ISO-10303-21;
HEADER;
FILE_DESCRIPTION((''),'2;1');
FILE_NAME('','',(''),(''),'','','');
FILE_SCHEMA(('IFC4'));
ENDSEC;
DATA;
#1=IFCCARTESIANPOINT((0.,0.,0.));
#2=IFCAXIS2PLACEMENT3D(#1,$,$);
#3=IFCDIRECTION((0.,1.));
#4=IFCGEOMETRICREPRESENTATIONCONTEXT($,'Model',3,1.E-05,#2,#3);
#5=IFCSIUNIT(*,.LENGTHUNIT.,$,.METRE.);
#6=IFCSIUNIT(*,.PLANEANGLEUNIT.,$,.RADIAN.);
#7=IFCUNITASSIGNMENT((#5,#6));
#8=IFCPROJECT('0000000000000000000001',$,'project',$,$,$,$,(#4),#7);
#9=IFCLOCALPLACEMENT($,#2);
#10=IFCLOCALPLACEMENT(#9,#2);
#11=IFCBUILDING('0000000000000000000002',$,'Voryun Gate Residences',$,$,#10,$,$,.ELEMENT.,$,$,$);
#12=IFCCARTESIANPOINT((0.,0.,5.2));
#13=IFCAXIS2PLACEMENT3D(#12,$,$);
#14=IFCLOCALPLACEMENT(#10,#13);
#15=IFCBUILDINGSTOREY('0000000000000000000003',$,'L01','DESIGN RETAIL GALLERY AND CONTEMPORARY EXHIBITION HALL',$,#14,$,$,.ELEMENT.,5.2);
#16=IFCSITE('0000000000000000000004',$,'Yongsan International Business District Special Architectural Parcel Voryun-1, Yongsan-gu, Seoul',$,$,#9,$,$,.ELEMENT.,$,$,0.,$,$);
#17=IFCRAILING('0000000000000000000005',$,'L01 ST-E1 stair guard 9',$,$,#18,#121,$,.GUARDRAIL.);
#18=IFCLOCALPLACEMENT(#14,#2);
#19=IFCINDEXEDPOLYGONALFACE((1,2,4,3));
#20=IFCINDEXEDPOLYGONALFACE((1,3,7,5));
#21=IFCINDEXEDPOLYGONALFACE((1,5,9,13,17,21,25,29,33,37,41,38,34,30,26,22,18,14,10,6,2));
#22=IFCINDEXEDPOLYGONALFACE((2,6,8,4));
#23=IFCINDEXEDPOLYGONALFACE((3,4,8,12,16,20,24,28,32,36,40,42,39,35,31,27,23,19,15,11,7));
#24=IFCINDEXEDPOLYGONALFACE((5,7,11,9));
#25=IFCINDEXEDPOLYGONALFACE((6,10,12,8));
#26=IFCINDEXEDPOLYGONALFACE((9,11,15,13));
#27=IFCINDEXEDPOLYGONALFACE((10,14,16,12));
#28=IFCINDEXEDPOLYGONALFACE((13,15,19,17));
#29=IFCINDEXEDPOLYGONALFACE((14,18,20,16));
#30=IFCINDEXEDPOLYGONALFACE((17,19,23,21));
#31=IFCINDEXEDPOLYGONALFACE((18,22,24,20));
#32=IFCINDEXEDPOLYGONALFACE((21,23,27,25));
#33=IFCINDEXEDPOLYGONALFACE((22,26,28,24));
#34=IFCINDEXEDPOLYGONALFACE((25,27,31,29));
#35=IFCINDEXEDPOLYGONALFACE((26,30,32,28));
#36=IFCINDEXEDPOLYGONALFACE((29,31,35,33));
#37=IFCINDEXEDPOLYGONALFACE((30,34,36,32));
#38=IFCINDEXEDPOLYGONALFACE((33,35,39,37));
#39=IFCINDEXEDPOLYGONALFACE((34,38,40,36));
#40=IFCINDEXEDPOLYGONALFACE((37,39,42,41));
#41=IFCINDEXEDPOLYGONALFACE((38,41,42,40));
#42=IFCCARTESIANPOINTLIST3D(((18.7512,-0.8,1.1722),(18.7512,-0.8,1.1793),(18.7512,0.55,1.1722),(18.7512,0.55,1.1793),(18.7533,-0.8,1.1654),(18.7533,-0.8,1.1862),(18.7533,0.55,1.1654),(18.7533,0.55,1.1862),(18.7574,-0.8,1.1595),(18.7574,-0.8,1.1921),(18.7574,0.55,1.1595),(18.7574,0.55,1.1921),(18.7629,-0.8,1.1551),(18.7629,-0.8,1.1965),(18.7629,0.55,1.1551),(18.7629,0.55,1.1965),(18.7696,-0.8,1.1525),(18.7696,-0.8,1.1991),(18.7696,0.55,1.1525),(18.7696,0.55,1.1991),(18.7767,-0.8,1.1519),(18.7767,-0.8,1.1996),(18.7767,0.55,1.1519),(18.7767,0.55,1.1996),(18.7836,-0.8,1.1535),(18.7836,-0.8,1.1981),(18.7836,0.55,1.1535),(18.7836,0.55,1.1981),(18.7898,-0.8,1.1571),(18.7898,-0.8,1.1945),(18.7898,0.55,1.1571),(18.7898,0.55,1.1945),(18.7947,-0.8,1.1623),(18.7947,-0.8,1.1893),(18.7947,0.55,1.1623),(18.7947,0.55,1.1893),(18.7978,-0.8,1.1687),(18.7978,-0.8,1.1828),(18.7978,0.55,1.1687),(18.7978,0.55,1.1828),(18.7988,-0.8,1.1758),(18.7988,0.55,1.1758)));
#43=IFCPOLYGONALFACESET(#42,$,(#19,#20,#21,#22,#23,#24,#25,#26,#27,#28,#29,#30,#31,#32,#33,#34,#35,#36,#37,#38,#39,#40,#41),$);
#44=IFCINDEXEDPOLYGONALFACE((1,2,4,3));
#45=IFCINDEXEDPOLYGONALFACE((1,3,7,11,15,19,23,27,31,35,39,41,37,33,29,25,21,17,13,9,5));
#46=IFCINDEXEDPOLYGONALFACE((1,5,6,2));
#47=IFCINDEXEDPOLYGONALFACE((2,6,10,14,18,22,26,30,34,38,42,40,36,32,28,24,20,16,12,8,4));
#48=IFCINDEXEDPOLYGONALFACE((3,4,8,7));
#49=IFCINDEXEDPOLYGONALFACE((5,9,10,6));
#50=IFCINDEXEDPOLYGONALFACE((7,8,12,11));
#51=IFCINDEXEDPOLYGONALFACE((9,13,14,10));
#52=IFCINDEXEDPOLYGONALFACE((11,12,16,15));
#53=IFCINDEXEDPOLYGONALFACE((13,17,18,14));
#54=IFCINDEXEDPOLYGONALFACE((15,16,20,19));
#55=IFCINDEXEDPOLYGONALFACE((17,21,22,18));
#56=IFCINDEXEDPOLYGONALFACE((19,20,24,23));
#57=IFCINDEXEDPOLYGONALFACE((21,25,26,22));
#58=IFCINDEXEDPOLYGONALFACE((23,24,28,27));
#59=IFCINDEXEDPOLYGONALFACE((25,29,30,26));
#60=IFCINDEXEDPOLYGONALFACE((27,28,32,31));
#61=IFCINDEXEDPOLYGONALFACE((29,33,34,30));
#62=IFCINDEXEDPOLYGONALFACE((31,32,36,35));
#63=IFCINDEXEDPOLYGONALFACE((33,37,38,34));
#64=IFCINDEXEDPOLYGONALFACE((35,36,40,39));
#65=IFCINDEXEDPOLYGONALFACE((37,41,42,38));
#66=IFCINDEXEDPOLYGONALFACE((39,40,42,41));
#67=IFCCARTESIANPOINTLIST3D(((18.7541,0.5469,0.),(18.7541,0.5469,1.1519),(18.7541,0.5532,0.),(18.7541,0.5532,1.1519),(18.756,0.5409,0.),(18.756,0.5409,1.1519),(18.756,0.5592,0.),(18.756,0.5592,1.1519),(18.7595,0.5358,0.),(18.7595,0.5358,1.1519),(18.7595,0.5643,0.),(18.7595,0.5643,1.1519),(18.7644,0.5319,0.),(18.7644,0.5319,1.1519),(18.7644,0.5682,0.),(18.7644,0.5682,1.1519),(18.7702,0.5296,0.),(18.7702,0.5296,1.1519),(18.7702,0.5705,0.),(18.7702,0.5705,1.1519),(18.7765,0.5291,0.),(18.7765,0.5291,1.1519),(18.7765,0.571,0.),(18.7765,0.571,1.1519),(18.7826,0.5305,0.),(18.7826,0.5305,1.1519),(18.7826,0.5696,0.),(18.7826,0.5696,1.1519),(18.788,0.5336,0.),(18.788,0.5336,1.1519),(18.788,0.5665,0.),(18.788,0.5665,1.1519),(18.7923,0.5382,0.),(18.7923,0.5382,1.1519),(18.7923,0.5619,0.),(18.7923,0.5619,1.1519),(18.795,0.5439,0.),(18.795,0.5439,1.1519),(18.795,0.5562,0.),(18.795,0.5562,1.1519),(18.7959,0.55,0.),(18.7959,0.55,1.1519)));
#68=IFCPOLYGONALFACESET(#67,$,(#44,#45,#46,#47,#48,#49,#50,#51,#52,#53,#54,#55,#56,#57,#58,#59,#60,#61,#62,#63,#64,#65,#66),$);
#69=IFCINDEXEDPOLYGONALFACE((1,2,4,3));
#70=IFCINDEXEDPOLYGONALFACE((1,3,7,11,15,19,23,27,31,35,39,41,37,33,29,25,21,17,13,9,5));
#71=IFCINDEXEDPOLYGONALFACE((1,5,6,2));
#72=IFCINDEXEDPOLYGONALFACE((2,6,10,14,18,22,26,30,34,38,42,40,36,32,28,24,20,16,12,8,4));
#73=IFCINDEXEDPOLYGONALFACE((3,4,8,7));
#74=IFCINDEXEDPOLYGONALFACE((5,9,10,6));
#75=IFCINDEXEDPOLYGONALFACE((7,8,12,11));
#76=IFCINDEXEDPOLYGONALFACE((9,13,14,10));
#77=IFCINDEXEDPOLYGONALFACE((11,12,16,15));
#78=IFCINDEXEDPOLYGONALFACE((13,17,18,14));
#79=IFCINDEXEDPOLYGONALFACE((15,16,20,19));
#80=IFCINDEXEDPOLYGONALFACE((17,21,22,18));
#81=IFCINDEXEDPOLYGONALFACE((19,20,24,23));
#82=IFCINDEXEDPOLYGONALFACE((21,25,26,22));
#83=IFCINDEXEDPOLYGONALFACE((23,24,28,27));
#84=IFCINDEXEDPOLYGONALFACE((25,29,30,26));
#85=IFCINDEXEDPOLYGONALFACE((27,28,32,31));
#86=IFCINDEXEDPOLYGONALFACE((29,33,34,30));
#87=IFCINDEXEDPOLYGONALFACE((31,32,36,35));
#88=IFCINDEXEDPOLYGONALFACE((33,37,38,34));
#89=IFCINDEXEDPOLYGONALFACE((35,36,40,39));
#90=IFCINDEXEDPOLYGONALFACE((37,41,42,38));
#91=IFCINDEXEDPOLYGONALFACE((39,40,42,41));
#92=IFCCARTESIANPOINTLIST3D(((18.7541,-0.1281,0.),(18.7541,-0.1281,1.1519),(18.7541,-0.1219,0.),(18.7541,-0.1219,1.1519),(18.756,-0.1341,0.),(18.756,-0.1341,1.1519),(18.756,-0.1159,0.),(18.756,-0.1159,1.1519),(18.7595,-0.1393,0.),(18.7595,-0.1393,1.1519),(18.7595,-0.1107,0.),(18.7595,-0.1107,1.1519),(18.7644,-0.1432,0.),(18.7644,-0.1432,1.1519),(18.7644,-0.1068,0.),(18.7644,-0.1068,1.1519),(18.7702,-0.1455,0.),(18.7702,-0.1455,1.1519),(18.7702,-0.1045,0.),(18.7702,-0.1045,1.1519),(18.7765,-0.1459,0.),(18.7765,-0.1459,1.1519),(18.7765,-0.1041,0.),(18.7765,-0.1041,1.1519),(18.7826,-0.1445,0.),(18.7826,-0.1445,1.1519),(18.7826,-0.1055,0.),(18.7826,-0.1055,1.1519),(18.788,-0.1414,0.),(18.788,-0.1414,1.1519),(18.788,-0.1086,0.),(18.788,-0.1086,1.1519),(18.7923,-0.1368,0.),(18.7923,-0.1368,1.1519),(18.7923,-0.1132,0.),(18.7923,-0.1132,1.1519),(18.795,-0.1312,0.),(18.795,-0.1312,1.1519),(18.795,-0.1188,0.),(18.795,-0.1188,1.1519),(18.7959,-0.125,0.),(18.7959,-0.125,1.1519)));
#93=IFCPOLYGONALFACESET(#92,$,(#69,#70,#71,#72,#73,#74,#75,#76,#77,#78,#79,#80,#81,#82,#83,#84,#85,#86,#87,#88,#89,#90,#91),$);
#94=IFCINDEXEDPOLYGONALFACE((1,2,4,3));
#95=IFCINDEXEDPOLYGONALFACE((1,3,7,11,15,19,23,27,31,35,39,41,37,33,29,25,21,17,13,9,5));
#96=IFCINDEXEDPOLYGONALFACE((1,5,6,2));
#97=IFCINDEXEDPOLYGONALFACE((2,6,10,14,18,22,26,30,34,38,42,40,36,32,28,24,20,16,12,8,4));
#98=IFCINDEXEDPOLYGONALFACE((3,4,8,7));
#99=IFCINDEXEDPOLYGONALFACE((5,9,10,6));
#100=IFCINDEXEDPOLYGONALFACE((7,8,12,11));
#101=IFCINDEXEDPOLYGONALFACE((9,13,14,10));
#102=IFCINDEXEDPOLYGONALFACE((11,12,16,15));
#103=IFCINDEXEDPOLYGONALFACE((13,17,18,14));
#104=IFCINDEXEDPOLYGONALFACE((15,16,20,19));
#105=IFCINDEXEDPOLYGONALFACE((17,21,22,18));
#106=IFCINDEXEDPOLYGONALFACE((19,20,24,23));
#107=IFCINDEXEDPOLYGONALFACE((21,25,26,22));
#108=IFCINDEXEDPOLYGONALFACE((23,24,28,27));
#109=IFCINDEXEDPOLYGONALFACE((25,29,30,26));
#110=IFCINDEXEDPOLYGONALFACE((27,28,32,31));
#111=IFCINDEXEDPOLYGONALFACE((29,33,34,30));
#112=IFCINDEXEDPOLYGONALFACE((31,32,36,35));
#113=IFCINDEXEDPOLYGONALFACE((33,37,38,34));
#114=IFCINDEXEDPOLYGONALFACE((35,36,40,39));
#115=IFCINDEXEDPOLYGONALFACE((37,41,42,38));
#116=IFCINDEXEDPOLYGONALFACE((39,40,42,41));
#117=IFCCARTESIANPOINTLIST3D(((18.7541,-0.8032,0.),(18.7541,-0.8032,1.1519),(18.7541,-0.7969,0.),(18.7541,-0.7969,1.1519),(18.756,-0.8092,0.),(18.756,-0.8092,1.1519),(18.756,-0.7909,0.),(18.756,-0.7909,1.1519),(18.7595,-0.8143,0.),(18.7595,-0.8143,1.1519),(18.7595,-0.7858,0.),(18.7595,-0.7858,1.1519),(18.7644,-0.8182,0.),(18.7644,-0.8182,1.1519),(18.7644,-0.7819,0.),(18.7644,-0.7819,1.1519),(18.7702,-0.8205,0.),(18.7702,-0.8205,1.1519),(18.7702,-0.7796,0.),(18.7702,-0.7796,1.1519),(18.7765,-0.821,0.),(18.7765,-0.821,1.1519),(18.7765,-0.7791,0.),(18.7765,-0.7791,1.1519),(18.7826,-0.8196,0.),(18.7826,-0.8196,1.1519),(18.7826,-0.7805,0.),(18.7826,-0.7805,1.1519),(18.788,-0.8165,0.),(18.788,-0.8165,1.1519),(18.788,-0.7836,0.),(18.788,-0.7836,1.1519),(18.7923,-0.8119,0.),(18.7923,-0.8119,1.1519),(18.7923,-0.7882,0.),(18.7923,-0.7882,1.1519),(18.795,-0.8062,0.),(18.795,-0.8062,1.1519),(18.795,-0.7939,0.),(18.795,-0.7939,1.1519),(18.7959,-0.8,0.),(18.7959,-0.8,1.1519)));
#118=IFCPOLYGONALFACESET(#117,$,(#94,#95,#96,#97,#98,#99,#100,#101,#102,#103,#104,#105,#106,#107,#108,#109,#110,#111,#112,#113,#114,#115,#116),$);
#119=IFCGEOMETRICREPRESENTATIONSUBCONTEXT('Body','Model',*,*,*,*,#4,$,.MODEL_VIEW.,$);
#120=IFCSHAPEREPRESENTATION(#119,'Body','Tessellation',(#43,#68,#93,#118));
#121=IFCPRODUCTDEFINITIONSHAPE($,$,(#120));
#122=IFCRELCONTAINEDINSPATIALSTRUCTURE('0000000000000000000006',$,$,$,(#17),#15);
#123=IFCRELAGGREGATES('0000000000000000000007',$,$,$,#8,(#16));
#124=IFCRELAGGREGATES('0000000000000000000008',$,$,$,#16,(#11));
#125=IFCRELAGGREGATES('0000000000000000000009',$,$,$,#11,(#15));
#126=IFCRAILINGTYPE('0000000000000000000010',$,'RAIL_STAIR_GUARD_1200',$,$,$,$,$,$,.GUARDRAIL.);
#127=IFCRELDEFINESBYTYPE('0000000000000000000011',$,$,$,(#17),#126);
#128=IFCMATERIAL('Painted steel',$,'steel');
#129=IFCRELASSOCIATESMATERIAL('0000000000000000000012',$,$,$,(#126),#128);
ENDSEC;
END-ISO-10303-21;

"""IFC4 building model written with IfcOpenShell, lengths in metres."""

from ifc_helpers import new_model, si_unit, direction, frame, origin, origin_2d, place, context, subcontext, project, spatial, circle, extrude, material, type_object, element, save


model = new_model("IFC4")

# Units and contexts
model_context = context("Model", 3, precision=1e-05, world=origin(), true_north=direction((0.0, 1.0)))
body_context = subcontext(model_context, "Body", "Model", "MODEL_VIEW")
ifc_project = project(units=[si_unit("LENGTHUNIT", "METRE"), si_unit("PLANEANGLEUNIT", "RADIAN")], contexts=[model_context])

# Site, building, storey
site_placement = place(None, origin())
site = spatial("IfcSite", under=ifc_project, at=site_placement, Name="Yongsan International Business District Special Architectural Parcel Voryun-1, Yongsan-gu, Seoul", CompositionType="ELEMENT", RefElevation=0.0)
building_placement = place(site_placement, origin())
building = spatial("IfcBuilding", under=site, at=building_placement, Name="Voryun Gate Residences", CompositionType="ELEMENT")
storey_placement = place(building_placement, frame((0.0, 0.0, 5.2)))
storey = spatial("IfcBuildingStorey", under=building, at=storey_placement, Name="L01", Description="DESIGN RETAIL GALLERY AND CONTEMPORARY EXHIBITION HALL", CompositionType="ELEMENT", Elevation=5.2)

# Railing
ifc_material_1 = material(Name="Painted steel", Category="steel")
railing_type = type_object("IfcRailingType", Name="RAIL_STAIR_GUARD_1200", PredefinedType="GUARDRAIL", material=ifc_material_1)
for number, where, name in (
    (1, (18.7749, 0.55, 0.0), "L01 ST-E1 stair guard 9"),
):
    element("IfcRailing", number, at=place(storey_placement, frame(where)), inside=storey, type_object=railing_type, Name=name, PredefinedType="GUARDRAIL", context=body_context, shape_type="SweptSolid", body=[
        extrude(circle(Radius=0.0239, at=origin_2d()), frame((0.0, 0.0, 1.1758), z_axis=(0.0, -1.0, 0.0), x_axis=(1.0, 0.0, 0.0)), (0.0, 0.0, 1.0), 1.3501),
        extrude(circle(Radius=0.021, at=origin_2d()), origin(), (0.0, 0.0, 1.0), 1.1519),
        extrude(circle(Radius=0.021, at=origin_2d()), frame((0.0, -0.675, 0.0)), (0.0, 0.0, 1.0), 1.1519),
        extrude(circle(Radius=0.021, at=origin_2d()), frame((0.0, -1.3501, 0.0)), (0.0, 0.0, 1.0), 1.1519),
    ])

save(model, "model.ifc")
